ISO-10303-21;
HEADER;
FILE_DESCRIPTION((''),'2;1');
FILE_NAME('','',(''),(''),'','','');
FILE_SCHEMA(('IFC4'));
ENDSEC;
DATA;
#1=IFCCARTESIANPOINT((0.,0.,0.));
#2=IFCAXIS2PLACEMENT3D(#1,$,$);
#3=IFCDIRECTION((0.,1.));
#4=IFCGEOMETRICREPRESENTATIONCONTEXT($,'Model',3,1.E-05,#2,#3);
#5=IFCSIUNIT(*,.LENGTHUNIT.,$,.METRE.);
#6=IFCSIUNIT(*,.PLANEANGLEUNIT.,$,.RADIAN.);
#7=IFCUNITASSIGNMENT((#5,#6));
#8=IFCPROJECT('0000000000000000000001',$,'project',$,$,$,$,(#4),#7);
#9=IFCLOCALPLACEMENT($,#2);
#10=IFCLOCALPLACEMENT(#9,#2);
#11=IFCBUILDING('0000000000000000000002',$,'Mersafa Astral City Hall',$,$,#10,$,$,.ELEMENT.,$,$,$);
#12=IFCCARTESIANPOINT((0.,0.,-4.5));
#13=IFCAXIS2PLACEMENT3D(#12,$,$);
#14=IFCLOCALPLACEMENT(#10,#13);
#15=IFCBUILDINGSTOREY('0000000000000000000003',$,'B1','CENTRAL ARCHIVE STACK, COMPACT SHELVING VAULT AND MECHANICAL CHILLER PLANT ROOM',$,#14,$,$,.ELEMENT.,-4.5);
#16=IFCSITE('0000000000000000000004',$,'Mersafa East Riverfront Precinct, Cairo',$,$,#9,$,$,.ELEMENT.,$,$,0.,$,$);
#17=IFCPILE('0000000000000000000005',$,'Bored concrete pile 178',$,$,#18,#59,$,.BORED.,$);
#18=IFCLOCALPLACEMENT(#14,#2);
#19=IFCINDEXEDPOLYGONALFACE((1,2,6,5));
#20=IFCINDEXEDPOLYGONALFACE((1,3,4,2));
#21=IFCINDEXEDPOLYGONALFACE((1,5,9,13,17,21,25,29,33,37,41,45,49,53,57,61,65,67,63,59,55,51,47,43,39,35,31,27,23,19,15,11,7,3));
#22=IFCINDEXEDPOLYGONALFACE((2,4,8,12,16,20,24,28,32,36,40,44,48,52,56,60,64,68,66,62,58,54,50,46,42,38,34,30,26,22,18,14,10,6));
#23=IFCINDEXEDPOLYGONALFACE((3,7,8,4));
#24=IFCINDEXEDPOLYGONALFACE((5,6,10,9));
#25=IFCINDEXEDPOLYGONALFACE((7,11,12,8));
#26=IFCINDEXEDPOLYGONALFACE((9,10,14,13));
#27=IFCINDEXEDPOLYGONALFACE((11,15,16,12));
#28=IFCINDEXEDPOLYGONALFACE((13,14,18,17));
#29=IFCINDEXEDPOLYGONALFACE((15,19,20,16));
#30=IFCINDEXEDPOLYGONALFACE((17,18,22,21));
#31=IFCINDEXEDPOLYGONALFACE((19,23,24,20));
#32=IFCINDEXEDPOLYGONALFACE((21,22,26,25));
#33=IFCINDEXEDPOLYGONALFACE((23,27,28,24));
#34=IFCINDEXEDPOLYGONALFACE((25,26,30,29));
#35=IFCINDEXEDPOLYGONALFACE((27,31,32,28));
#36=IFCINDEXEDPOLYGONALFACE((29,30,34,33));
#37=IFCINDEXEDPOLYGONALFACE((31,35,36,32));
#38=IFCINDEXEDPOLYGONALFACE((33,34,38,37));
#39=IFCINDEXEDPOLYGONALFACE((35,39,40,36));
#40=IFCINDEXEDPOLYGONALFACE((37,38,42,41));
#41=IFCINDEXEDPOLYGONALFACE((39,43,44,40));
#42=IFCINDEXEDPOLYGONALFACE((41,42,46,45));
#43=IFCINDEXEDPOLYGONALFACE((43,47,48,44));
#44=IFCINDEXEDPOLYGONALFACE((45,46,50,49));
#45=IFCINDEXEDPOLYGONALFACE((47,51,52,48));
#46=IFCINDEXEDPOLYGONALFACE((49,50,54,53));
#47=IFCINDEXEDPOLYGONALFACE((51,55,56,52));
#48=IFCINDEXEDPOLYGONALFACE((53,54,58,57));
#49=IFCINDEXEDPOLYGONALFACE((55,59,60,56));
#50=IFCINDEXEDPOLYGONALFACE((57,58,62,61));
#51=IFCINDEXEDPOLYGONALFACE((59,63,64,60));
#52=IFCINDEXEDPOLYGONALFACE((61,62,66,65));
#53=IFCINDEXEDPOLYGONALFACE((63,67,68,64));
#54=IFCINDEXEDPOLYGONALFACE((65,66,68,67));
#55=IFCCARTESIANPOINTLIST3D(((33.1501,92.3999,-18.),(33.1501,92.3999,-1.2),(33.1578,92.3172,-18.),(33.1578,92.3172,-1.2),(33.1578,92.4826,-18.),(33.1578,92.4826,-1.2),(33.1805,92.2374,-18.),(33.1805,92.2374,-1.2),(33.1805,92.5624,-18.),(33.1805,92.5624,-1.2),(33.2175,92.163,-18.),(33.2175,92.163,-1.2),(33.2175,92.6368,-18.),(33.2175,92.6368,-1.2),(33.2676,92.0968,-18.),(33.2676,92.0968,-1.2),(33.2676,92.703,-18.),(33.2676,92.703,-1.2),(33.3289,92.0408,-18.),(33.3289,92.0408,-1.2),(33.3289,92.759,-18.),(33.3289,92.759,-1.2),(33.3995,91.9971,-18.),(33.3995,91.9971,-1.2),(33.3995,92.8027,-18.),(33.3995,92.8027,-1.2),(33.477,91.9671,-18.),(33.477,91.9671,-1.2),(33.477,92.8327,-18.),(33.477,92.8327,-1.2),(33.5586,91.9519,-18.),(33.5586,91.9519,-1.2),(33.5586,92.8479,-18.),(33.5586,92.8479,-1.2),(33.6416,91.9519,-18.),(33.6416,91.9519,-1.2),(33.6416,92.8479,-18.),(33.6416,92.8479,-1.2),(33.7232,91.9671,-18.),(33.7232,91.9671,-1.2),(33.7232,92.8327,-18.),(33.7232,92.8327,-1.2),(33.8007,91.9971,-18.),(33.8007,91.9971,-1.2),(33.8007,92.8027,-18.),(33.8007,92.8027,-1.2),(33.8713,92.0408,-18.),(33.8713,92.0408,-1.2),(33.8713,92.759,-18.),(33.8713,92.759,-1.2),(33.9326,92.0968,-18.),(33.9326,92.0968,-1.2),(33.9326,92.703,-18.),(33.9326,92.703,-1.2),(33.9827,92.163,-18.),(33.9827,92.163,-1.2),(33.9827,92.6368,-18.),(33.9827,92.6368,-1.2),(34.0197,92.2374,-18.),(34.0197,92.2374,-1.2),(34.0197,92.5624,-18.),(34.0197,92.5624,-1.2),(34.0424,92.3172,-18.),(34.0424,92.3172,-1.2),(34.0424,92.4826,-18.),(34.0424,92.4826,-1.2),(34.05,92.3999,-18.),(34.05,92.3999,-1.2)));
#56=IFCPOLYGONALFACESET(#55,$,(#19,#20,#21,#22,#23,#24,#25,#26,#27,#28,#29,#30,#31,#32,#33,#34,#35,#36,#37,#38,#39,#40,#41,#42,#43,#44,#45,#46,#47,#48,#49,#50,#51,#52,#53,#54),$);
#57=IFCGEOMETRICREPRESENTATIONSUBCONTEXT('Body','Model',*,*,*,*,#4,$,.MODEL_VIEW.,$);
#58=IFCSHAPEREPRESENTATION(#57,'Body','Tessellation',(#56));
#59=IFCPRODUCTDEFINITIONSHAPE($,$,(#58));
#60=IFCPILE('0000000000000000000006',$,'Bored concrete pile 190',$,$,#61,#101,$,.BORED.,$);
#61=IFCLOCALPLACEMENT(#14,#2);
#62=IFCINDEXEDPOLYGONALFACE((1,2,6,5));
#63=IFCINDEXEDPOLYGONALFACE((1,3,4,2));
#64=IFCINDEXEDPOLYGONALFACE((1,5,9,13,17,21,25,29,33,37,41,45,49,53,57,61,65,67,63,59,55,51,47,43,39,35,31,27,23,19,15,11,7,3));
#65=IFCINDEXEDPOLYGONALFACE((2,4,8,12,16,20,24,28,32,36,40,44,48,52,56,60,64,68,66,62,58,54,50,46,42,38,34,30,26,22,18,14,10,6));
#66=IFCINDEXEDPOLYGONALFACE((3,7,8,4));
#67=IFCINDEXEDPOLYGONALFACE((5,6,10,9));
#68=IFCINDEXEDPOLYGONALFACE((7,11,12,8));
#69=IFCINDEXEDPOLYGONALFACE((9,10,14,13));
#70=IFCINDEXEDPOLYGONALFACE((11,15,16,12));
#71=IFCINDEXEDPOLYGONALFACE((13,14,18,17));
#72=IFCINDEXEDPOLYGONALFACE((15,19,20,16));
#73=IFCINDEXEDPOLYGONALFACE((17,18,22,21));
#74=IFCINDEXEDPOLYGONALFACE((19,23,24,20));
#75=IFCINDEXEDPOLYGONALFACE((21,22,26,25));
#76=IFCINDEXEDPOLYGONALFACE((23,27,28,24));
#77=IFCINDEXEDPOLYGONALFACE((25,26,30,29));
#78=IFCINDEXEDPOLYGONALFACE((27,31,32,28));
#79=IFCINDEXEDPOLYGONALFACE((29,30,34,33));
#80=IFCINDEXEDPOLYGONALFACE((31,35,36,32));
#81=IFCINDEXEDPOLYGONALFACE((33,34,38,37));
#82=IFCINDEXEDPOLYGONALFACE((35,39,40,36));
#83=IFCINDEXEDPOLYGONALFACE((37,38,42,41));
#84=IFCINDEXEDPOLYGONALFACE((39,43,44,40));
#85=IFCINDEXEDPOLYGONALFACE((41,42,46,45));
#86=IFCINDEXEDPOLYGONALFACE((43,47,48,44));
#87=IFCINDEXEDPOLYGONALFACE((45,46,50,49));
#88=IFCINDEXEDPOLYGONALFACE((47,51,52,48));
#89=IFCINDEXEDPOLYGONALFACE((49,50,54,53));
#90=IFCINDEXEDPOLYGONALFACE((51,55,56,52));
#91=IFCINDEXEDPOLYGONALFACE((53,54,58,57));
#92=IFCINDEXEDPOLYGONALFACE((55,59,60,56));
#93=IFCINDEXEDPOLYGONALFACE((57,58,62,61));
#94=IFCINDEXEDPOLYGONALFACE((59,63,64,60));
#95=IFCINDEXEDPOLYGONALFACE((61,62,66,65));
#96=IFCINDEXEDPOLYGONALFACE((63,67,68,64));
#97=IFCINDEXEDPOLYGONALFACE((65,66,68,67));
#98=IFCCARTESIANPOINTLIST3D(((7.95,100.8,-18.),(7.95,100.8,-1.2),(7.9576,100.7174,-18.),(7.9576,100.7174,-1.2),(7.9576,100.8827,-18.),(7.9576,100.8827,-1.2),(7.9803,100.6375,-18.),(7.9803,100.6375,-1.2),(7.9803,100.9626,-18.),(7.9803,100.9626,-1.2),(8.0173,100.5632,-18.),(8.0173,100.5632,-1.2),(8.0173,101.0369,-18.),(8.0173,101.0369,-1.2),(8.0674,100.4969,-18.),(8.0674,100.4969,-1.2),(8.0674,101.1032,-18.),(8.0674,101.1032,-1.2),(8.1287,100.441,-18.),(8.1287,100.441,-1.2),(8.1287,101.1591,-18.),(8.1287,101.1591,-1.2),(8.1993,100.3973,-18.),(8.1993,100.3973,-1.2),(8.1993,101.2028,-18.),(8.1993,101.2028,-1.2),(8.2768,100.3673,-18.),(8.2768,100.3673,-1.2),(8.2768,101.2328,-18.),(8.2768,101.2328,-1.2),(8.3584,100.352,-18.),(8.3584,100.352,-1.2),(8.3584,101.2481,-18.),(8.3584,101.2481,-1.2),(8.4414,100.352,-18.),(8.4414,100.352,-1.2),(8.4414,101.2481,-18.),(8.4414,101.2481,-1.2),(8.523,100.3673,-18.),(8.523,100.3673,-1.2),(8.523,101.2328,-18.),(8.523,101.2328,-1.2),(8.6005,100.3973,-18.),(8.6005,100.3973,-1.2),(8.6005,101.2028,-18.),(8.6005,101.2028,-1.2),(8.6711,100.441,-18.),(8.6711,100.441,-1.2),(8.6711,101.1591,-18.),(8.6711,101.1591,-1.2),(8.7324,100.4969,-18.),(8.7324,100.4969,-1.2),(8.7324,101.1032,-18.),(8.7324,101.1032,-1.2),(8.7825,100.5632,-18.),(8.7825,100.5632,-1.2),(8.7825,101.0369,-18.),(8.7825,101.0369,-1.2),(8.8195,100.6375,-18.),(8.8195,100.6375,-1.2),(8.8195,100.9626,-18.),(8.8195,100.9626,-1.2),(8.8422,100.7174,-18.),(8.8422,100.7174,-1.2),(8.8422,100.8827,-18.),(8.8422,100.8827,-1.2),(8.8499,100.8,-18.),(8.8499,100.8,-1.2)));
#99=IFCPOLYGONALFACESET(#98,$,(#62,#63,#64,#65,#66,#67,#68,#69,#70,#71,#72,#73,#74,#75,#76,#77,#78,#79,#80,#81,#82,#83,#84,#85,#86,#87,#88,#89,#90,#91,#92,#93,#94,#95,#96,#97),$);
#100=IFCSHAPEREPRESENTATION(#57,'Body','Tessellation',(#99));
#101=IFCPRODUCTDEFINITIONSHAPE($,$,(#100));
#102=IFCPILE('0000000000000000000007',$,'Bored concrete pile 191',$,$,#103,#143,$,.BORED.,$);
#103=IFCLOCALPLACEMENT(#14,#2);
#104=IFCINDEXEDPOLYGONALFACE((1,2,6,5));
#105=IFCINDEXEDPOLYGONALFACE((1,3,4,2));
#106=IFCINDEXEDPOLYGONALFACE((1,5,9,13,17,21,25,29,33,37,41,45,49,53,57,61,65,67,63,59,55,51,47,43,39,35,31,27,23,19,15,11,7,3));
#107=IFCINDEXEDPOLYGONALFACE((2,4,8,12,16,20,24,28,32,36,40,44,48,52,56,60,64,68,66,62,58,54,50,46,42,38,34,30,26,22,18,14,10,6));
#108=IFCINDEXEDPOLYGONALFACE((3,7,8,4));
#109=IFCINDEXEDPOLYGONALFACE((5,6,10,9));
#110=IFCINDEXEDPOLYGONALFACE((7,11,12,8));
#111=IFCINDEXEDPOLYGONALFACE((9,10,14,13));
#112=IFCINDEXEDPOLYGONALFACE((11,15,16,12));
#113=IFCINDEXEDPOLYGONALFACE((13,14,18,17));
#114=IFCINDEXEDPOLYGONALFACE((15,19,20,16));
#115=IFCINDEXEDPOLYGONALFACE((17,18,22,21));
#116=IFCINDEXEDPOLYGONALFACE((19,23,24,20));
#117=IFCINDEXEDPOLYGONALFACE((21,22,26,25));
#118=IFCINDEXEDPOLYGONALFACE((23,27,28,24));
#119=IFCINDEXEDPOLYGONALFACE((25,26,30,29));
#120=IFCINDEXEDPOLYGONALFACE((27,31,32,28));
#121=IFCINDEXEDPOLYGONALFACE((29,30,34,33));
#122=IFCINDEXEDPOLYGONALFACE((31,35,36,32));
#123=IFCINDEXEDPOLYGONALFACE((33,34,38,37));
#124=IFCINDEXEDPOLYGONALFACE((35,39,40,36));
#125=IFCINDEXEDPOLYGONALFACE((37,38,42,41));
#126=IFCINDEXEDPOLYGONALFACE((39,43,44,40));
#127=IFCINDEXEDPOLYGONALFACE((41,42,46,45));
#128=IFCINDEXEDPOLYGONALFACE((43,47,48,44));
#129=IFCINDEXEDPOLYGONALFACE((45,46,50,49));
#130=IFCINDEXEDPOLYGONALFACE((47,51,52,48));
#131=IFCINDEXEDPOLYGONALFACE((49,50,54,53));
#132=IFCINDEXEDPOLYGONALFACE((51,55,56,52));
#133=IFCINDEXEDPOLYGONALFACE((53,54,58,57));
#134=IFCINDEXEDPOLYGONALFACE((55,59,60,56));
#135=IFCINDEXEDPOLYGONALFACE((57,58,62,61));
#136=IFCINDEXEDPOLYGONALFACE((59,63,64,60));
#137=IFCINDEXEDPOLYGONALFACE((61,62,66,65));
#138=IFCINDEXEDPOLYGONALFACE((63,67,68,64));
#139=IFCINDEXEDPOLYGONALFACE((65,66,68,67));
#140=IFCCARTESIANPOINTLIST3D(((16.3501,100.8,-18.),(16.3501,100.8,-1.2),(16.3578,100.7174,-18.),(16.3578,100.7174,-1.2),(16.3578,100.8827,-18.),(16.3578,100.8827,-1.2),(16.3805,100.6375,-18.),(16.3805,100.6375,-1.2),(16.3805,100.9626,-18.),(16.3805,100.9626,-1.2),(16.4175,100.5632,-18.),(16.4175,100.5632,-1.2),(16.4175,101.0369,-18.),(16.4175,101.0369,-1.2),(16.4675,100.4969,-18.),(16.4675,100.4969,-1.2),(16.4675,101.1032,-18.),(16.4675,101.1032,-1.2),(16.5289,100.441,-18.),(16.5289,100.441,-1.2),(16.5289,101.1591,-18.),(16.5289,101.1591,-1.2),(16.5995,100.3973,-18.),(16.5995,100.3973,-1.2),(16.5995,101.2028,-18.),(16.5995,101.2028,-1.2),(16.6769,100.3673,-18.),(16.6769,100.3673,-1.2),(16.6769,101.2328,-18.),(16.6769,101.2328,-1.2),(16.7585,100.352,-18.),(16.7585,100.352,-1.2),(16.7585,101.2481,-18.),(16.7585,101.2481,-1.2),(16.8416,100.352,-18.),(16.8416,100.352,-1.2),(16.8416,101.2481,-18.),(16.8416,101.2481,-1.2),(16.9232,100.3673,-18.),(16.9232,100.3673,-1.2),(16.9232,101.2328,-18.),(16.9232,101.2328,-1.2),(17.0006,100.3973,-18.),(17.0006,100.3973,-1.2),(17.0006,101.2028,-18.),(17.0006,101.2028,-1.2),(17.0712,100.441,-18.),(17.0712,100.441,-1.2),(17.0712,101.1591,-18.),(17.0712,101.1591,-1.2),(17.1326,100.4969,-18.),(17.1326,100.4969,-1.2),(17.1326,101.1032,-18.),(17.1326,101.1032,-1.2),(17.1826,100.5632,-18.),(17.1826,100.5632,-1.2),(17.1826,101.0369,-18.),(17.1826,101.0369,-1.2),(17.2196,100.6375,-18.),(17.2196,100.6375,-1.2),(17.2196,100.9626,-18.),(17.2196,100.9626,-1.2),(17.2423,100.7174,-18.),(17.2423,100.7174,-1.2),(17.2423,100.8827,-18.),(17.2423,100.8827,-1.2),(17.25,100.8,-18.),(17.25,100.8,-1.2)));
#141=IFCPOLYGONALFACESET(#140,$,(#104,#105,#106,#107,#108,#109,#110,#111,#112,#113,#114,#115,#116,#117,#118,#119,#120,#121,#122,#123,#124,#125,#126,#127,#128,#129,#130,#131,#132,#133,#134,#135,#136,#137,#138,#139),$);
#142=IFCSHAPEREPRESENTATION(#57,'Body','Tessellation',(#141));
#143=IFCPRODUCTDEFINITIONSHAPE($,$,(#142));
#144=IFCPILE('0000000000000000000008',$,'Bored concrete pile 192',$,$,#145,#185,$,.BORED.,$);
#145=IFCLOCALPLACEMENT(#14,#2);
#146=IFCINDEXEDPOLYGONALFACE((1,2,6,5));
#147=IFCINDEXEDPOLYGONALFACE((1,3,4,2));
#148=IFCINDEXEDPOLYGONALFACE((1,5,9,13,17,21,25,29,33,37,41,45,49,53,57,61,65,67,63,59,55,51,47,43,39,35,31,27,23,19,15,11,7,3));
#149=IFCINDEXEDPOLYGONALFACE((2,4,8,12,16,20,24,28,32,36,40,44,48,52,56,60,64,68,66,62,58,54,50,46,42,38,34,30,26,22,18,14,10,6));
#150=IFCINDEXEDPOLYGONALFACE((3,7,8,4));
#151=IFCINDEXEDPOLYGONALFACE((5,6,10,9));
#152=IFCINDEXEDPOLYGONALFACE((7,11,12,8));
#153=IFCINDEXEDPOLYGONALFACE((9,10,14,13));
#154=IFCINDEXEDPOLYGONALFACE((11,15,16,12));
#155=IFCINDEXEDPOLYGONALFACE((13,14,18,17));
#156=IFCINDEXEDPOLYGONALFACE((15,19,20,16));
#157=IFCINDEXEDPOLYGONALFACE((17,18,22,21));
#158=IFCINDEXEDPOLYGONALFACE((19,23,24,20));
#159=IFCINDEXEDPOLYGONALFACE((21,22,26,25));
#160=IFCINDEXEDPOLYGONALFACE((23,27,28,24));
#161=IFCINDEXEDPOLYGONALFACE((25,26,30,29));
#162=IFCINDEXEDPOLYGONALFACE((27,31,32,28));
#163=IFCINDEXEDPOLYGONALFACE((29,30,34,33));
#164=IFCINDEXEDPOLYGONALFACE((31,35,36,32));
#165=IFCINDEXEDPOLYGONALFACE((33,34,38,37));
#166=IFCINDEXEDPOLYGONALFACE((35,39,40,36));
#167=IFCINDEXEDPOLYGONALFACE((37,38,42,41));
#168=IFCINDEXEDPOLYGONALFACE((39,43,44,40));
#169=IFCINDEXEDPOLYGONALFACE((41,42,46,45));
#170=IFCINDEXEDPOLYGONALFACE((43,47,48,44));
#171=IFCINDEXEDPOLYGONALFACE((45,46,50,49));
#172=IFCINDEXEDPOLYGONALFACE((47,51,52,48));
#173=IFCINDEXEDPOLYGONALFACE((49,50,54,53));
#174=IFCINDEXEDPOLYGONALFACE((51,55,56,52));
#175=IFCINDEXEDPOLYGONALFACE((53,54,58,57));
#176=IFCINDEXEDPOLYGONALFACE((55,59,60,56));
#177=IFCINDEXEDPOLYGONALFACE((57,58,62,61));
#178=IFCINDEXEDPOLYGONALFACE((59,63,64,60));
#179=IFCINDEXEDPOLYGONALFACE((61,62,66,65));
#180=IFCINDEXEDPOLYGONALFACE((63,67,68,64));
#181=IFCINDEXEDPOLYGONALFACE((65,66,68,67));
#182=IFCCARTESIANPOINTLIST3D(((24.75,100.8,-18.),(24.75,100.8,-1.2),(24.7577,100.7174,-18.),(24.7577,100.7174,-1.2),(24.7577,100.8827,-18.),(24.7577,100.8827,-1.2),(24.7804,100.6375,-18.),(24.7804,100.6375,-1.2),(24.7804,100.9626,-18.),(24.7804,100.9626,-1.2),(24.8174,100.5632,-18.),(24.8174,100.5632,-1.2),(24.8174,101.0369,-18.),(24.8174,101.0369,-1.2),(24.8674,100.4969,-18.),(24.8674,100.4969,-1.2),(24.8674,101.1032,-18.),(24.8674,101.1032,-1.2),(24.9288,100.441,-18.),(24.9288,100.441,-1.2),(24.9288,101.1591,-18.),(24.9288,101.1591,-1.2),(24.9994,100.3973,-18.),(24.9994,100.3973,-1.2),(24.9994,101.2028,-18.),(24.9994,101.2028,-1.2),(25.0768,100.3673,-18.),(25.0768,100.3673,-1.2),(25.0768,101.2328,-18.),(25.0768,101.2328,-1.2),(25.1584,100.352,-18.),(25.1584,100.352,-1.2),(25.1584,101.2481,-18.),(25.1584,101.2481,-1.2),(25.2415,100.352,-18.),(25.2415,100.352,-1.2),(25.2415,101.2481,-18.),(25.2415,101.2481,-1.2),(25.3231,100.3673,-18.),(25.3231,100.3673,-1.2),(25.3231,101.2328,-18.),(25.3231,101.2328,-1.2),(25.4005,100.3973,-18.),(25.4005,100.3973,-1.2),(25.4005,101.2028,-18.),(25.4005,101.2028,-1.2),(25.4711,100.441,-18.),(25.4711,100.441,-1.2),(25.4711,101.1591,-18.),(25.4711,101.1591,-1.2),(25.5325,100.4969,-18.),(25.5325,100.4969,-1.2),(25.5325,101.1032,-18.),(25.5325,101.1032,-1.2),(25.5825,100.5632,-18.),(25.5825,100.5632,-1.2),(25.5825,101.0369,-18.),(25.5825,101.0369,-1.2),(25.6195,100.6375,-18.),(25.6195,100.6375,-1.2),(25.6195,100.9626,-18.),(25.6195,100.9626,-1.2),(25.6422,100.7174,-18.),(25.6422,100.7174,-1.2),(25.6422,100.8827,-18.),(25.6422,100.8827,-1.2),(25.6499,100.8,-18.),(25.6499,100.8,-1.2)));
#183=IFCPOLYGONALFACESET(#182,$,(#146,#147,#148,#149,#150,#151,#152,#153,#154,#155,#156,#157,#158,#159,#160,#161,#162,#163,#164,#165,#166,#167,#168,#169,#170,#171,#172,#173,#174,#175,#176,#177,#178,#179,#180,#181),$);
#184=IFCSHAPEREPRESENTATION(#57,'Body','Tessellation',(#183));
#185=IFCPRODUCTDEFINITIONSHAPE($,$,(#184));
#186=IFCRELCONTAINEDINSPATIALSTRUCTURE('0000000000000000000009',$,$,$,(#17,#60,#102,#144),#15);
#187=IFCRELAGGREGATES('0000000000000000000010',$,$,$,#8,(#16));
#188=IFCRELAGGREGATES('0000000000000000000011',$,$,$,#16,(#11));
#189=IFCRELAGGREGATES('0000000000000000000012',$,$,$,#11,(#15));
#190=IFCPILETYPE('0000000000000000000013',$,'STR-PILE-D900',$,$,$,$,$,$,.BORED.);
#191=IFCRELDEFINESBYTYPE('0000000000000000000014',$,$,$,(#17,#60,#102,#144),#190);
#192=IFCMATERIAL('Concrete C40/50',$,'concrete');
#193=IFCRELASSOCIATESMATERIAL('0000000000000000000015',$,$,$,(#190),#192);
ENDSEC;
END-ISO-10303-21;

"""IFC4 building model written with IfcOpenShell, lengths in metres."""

from ifc_helpers import new_model, si_unit, direction, frame, origin, origin_2d, place, context, subcontext, project, spatial, circle, extrude, material, material_profile, profile_set, type_object, element, save


model = new_model("IFC4")

# Units and contexts
model_context = context("Model", 3, precision=1e-05, world=origin(), true_north=direction((0.0, 1.0)))
body_context = subcontext(model_context, "Body", "Model", "MODEL_VIEW")
ifc_project = project(units=[si_unit("LENGTHUNIT", "METRE"), si_unit("PLANEANGLEUNIT", "RADIAN")], contexts=[model_context])

# Site, building, storey
site_placement = place(None, origin())
site = spatial("IfcSite", under=ifc_project, at=site_placement, Name="Mersafa East Riverfront Precinct, Cairo", CompositionType="ELEMENT", RefElevation=0.0)
building_placement = place(site_placement, origin())
building = spatial("IfcBuilding", under=site, at=building_placement, Name="Mersafa Astral City Hall", CompositionType="ELEMENT")
storey_placement = place(building_placement, frame((0.0, 0.0, -4.5)))
storey = spatial("IfcBuildingStorey", under=building, at=storey_placement, Name="B1", Description="CENTRAL ARCHIVE STACK, COMPACT SHELVING VAULT AND MECHANICAL CHILLER PLANT ROOM", CompositionType="ELEMENT", Elevation=-4.5)

# Shared definitions
ifc_material_1 = material(Name="Concrete C40/50", Category="concrete")

# Piles
ifc_material_profile_1 = material_profile(ifc_material_1, circle(Radius=0.45, at=origin_2d()), Name="PILE D900")
ifc_profile_set_1 = profile_set([ifc_material_profile_1], Name="Concrete C40/50")
pile_type = type_object("IfcPileType", Name="STR-PILE-D900", PredefinedType="BORED", material=ifc_profile_set_1)
for number, where, z_axis, x_axis, name in (
    (1, (33.6001, 92.3999, -1.2), (0.0, 0.0, -1.0), (1.0, 0.0, 0.0), "Bored concrete pile 178"),
    (2, (8.3999, 100.8, -1.2), (0.0, 0.0, -1.0), (1.0, 0.0, 0.0), "Bored concrete pile 190"),
    (3, (16.8, 100.8, -1.2), (0.0, 0.0, -1.0), (1.0, 0.0, 0.0), "Bored concrete pile 191"),
    (4, (25.2, 100.8, -1.2), (0.0, 0.0, -1.0), (1.0, 0.0, 0.0), "Bored concrete pile 192"),
):
    element("IfcPile", number, at=place(storey_placement, frame(where, z_axis=z_axis, x_axis=x_axis)), inside=storey, type_object=pile_type, Name=name, PredefinedType="BORED", context=body_context, shape_type="SweptSolid", body=[
        extrude(circle(Radius=0.45, at=origin_2d()), origin(), (0.0, 0.0, 1.0), 16.8),
    ])

save(model, "model.ifc")
